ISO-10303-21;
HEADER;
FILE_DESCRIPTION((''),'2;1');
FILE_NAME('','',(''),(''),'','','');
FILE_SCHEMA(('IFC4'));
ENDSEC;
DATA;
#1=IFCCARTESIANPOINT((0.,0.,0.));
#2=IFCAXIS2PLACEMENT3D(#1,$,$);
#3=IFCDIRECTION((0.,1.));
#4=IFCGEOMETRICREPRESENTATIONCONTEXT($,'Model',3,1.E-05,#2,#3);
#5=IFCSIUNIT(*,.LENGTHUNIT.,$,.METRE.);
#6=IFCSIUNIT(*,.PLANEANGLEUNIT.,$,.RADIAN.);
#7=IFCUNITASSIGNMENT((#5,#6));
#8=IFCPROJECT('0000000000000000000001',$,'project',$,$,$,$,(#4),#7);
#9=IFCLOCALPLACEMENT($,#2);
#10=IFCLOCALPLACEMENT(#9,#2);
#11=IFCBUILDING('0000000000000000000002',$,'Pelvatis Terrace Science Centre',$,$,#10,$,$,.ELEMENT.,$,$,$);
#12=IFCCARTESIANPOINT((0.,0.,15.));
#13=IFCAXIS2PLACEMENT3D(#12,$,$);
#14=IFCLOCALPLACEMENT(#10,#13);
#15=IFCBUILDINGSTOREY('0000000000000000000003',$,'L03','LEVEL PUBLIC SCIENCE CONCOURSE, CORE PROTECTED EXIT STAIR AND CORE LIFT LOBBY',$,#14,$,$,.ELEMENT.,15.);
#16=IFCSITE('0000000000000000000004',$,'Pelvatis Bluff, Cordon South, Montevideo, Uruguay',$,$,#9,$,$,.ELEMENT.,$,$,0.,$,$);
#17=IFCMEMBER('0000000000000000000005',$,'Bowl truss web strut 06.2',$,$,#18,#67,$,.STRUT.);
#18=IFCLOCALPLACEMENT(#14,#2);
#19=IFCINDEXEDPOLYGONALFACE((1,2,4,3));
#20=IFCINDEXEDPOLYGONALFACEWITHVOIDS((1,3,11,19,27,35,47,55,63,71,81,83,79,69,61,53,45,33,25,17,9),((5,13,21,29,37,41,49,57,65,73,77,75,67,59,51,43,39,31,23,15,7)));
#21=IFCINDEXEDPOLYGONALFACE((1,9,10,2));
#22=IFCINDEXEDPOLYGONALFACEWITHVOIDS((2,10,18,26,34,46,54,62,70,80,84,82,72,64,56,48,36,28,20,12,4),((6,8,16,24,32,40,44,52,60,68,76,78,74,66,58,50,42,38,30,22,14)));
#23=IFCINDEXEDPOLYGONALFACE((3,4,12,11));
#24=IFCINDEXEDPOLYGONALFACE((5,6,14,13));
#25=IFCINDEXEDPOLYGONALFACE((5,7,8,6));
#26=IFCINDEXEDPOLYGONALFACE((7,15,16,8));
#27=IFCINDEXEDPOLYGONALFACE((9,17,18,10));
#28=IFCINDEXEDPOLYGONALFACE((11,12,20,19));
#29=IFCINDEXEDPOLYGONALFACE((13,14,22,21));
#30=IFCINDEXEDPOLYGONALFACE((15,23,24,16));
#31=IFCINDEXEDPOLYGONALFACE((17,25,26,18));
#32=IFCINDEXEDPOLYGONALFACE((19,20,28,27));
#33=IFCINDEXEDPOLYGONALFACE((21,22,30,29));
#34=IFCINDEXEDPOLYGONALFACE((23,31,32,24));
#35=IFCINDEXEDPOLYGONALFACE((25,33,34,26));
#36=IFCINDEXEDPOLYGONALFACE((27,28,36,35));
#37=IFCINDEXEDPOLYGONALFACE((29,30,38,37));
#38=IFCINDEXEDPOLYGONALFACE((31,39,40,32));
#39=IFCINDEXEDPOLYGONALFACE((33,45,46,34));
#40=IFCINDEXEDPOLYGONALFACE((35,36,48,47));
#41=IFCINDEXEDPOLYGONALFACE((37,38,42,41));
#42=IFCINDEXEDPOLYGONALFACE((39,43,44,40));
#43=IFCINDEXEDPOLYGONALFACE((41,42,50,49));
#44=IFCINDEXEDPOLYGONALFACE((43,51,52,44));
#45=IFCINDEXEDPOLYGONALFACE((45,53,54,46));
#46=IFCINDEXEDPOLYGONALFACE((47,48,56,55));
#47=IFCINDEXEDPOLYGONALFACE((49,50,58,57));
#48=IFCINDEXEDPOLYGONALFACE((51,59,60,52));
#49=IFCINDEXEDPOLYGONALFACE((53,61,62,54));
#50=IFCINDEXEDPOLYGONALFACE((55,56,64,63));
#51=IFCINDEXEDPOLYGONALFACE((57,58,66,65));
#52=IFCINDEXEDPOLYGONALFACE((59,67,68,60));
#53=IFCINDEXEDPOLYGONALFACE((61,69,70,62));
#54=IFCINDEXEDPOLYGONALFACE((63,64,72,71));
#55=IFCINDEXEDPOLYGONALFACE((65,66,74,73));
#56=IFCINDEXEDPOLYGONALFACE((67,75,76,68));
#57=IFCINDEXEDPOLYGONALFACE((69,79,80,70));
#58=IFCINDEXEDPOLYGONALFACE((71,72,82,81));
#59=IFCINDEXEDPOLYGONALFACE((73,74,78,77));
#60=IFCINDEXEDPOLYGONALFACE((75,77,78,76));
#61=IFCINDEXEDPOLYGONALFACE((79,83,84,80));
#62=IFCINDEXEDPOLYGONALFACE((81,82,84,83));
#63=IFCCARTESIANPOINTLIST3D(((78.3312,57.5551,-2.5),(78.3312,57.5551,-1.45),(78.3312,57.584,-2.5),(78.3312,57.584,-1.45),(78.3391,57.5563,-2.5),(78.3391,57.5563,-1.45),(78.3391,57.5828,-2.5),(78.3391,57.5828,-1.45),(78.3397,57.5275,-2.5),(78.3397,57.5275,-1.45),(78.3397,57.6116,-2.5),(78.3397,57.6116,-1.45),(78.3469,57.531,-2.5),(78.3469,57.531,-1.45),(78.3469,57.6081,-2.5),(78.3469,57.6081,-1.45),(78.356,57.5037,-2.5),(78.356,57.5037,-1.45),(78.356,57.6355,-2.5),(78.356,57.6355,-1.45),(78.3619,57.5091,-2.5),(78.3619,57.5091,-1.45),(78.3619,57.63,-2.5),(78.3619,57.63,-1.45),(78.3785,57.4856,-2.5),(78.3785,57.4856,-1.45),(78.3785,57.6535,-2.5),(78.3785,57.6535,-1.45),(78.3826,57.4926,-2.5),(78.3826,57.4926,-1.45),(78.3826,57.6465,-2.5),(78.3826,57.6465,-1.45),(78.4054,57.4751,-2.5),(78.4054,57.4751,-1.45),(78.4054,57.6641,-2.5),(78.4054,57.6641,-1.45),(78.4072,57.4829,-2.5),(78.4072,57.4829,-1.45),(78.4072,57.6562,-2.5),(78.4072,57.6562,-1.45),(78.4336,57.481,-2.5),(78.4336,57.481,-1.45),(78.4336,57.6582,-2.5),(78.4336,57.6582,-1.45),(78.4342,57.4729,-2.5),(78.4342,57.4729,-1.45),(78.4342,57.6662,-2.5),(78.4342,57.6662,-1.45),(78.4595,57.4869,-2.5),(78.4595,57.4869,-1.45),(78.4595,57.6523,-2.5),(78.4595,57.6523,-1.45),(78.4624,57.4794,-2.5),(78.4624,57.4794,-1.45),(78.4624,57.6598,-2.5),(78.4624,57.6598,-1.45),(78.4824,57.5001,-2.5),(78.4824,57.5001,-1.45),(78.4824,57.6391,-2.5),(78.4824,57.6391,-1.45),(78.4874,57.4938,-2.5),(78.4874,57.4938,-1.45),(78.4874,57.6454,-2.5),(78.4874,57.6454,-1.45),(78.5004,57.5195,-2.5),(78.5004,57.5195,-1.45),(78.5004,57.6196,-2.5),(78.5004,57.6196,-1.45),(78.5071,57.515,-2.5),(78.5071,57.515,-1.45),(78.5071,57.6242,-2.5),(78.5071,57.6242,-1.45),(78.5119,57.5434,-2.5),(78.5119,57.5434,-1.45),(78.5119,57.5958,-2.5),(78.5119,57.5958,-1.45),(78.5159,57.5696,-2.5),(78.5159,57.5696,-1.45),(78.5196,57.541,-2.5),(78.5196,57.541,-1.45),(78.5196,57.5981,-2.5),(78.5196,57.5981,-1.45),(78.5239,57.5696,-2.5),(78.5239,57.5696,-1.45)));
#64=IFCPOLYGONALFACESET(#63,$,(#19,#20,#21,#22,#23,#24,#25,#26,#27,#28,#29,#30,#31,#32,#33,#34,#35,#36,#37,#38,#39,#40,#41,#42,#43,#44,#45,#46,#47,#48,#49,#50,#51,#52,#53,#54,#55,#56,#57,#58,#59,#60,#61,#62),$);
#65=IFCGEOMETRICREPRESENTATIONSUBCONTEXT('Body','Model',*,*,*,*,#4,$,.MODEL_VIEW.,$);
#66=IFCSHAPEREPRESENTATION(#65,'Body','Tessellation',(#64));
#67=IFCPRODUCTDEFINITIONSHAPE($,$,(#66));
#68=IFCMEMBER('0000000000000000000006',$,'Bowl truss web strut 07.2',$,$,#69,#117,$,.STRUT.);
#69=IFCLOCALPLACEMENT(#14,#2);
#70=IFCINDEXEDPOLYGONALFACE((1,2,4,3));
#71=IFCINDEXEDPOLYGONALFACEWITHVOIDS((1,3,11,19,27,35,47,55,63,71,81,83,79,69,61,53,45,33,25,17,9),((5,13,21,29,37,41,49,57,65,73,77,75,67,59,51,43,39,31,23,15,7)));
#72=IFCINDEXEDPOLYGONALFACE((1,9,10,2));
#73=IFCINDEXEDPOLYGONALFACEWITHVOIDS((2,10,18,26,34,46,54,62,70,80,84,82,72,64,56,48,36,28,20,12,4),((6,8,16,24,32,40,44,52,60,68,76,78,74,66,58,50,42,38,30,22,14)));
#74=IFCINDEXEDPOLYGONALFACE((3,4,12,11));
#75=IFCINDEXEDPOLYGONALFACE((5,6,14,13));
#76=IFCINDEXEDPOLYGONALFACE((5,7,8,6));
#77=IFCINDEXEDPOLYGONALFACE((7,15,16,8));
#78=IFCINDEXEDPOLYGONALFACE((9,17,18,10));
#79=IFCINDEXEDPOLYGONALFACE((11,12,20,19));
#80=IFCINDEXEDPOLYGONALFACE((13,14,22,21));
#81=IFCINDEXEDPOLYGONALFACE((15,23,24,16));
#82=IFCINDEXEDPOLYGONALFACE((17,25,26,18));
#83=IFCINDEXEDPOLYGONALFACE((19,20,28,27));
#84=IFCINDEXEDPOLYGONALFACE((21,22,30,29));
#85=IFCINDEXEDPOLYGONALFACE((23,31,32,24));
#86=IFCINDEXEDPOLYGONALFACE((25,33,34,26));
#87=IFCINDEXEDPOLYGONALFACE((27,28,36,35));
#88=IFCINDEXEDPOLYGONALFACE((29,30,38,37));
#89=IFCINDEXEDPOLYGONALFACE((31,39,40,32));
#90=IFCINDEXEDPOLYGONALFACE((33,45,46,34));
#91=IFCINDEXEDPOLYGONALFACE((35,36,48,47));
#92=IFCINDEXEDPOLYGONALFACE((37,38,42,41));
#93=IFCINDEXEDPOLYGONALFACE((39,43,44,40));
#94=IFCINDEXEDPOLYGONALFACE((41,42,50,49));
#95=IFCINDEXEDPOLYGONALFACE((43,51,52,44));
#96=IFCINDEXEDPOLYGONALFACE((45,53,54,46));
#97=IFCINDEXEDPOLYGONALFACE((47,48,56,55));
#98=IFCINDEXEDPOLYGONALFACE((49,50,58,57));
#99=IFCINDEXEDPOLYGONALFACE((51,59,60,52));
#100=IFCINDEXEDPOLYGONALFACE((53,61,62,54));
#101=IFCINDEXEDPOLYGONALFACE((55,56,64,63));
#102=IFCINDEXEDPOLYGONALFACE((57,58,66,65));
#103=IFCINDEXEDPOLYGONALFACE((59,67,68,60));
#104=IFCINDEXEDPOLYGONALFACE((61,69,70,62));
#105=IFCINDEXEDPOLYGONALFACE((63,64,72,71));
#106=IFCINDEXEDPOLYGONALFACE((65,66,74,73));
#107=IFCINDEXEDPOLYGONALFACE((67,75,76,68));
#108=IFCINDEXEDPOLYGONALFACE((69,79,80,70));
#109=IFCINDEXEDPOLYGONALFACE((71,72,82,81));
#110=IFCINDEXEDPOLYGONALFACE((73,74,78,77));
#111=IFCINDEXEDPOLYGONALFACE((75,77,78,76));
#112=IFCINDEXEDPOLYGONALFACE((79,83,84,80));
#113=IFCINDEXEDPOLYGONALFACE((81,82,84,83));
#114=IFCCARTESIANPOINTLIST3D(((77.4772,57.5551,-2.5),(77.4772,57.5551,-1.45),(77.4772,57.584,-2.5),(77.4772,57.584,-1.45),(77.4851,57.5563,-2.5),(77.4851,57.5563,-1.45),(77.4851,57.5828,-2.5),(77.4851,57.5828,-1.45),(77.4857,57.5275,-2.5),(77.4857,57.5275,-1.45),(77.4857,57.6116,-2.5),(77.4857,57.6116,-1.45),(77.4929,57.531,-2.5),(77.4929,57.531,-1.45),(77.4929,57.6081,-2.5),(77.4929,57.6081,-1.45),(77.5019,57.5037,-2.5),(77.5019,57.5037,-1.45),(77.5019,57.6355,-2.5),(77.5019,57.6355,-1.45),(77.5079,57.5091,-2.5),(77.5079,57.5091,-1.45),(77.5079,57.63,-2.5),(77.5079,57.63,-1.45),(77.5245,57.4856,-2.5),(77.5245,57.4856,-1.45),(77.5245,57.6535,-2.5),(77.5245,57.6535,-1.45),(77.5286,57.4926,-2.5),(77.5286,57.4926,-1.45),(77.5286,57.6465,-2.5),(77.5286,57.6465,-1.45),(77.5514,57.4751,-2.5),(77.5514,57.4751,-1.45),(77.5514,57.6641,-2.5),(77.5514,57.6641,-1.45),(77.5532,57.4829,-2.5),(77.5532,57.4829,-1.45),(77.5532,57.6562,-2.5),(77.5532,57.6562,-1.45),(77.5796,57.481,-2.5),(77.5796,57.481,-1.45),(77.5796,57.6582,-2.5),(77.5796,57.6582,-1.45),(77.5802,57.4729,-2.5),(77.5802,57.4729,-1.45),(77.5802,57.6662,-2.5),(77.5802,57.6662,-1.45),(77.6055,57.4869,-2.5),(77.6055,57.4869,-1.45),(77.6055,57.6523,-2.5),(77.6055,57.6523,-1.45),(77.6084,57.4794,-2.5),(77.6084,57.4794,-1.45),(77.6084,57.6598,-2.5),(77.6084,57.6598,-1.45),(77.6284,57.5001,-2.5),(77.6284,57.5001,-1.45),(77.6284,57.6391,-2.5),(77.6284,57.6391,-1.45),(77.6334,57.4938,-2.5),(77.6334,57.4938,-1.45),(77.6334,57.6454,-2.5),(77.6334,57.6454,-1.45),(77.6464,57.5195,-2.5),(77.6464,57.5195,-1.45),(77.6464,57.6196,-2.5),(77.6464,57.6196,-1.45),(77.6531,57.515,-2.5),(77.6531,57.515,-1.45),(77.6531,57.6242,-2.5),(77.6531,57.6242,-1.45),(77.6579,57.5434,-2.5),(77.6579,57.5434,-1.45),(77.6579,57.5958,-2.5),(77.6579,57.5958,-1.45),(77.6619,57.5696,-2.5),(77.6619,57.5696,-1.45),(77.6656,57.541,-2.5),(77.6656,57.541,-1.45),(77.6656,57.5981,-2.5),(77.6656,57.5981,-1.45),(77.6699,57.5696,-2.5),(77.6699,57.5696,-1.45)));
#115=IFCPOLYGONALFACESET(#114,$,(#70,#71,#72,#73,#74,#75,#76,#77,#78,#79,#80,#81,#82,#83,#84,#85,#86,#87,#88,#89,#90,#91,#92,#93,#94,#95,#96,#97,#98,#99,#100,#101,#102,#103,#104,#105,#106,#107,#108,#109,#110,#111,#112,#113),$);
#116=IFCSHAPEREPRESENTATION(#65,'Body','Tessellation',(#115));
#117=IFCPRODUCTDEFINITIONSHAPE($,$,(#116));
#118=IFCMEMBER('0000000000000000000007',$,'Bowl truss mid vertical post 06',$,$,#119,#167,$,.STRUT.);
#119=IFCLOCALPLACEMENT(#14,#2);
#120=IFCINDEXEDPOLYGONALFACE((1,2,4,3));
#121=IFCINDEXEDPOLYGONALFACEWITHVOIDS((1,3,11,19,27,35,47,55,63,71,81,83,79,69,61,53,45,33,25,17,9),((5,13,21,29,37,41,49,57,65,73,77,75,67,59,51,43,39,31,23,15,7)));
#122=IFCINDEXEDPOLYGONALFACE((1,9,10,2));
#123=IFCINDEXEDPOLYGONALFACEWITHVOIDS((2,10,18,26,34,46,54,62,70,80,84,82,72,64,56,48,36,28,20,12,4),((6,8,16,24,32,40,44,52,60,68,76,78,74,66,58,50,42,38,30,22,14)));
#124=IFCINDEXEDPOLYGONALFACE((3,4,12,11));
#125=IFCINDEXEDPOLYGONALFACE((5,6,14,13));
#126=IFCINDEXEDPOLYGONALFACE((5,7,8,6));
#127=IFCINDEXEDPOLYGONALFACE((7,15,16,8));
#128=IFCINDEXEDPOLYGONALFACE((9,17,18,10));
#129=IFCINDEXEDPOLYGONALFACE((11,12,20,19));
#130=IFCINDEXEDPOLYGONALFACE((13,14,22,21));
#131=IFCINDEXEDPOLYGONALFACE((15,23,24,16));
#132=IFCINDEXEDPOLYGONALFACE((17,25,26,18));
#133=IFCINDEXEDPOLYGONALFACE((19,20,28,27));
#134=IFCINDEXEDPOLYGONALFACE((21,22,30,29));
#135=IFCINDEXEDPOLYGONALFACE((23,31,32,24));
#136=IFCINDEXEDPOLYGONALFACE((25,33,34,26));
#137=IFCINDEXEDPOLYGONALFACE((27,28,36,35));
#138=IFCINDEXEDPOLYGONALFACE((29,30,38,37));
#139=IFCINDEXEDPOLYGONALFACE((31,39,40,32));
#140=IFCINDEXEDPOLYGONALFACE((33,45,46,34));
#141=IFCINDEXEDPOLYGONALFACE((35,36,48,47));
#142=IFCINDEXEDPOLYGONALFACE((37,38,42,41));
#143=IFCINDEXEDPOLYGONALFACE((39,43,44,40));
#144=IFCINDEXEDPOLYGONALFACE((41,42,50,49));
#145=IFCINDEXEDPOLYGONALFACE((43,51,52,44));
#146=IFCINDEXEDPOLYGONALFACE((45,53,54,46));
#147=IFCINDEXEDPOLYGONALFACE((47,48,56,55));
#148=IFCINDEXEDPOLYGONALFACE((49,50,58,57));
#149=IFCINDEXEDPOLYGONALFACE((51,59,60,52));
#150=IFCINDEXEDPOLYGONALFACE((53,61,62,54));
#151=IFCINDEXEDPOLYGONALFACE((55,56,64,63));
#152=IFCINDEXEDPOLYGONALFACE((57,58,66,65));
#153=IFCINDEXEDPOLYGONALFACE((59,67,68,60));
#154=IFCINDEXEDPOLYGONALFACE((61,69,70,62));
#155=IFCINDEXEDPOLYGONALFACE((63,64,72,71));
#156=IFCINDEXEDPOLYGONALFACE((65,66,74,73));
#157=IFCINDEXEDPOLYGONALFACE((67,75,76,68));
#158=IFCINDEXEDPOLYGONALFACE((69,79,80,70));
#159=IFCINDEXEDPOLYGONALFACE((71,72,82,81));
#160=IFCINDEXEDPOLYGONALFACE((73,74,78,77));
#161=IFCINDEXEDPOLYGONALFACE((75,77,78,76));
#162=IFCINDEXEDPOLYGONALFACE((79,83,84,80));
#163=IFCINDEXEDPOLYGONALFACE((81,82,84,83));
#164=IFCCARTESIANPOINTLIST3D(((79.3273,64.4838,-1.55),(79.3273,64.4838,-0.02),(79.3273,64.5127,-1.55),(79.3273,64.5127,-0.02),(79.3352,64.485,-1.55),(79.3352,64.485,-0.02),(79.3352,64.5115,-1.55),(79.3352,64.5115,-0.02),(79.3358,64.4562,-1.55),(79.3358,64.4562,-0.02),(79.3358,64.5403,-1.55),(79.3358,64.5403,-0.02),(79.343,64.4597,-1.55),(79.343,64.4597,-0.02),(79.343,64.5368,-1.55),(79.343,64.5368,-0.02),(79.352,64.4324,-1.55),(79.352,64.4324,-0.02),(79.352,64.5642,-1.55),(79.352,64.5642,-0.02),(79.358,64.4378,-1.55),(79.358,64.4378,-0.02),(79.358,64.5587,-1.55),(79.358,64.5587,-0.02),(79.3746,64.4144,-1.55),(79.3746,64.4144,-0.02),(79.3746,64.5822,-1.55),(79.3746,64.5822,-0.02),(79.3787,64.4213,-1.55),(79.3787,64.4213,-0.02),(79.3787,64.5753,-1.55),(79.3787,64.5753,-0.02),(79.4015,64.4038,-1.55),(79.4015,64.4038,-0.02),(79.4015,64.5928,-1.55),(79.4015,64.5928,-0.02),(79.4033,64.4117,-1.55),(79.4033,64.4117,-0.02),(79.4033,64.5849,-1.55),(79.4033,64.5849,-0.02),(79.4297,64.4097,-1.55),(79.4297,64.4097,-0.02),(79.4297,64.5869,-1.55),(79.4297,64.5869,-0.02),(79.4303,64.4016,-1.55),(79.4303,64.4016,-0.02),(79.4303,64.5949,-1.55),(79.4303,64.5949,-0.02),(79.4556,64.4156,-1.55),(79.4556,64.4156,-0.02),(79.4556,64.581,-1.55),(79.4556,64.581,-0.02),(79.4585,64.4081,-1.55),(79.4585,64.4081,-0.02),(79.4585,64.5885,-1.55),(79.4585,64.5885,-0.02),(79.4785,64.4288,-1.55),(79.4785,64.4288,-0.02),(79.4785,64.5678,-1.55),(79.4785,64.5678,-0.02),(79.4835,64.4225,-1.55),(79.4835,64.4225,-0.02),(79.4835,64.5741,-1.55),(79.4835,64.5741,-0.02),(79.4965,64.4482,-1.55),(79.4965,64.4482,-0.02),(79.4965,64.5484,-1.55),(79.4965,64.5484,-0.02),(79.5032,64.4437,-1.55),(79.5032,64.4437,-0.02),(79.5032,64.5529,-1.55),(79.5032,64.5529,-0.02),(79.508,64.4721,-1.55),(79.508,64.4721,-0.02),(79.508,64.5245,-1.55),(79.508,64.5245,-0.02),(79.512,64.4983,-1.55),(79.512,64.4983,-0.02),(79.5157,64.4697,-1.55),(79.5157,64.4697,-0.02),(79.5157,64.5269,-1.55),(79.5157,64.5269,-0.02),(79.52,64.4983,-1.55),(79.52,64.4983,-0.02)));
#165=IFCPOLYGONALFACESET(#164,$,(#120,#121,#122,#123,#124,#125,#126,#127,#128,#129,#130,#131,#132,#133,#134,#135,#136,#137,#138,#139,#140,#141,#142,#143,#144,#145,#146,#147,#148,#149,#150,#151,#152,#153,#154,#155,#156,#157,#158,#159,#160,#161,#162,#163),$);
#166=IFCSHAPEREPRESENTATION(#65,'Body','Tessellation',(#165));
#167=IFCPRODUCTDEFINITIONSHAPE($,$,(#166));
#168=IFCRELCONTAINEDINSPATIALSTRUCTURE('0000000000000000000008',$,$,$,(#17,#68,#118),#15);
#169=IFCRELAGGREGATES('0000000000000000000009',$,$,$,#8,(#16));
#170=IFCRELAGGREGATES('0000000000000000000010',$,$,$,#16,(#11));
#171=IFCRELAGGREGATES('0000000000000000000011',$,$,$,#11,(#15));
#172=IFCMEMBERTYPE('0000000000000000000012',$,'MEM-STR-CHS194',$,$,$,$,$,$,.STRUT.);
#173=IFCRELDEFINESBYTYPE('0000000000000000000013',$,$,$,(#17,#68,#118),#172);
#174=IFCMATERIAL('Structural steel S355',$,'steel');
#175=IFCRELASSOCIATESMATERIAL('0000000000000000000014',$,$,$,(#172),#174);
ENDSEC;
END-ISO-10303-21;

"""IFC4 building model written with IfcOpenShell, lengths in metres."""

from ifc_helpers import new_model, si_unit, direction, frame, origin, origin_2d, place, context, subcontext, project, spatial, hollow_circle, extrude, material, material_profile, profile_set, type_object, element, save


model = new_model("IFC4")

# Units and contexts
model_context = context("Model", 3, precision=1e-05, world=origin(), true_north=direction((0.0, 1.0)))
body_context = subcontext(model_context, "Body", "Model", "MODEL_VIEW")
ifc_project = project(units=[si_unit("LENGTHUNIT", "METRE"), si_unit("PLANEANGLEUNIT", "RADIAN")], contexts=[model_context])

# Site, building, storey
site_placement = place(None, origin())
site = spatial("IfcSite", under=ifc_project, at=site_placement, Name="Pelvatis Bluff, Cordon South, Montevideo, Uruguay", CompositionType="ELEMENT", RefElevation=0.0)
building_placement = place(site_placement, origin())
building = spatial("IfcBuilding", under=site, at=building_placement, Name="Pelvatis Terrace Science Centre", CompositionType="ELEMENT")
storey_placement = place(building_placement, frame((0.0, 0.0, 15.0)))
storey = spatial("IfcBuildingStorey", under=building, at=storey_placement, Name="L03", Description="LEVEL PUBLIC SCIENCE CONCOURSE, CORE PROTECTED EXIT STAIR AND CORE LIFT LOBBY", CompositionType="ELEMENT", Elevation=15.0)

# Members
ifc_material_1 = material(Name="Structural steel S355", Category="steel")
ifc_material_profile_1 = material_profile(ifc_material_1, hollow_circle(Radius=0.0969, WallThickness=0.0081, at=origin_2d()), Name="CHS 193.7x8.0")
ifc_profile_set_1 = profile_set([ifc_material_profile_1], Name="Structural steel S355")
member_type_1 = type_object("IfcMemberType", Name="MEM-STR-CHS194", PredefinedType="STRUT", material=ifc_profile_set_1)
for number, where, z_axis, x_axis, name in (
    (1, (78.427, 57.5696, -2.5), (0.0, 0.0, 1.0), (1.0, 0.0, 0.0), "Bowl truss web strut 06.2"),
    (2, (77.573, 57.5696, -2.5), (0.0, 0.0, 1.0), (1.0, 0.0, 0.0), "Bowl truss web strut 07.2"),
):
    element("IfcMember", number, at=place(storey_placement, frame(where, z_axis=z_axis, x_axis=x_axis)), inside=storey, type_object=member_type_1, Name=name, PredefinedType="STRUT", context=body_context, shape_type="SweptSolid", body=[
        extrude(hollow_circle(Radius=0.0969, WallThickness=0.0081, at=origin_2d()), origin(), (0.0, 0.0, 1.0), 1.05),
    ])
for number, where, z_axis, x_axis, name in (
    (3, (79.4231, 64.4983, -1.55), (0.0, 0.0, 1.0), (1.0, 0.0, 0.0), "Bowl truss mid vertical post 06"),
):
    element("IfcMember", number, at=place(storey_placement, frame(where, z_axis=z_axis, x_axis=x_axis)), inside=storey, type_object=member_type_1, Name=name, PredefinedType="STRUT", context=body_context, shape_type="SweptSolid", body=[
        extrude(hollow_circle(Radius=0.0969, WallThickness=0.0081, at=origin_2d()), origin(), (0.0, 0.0, 1.0), 1.53),
    ])

save(model, "model.ifc")
